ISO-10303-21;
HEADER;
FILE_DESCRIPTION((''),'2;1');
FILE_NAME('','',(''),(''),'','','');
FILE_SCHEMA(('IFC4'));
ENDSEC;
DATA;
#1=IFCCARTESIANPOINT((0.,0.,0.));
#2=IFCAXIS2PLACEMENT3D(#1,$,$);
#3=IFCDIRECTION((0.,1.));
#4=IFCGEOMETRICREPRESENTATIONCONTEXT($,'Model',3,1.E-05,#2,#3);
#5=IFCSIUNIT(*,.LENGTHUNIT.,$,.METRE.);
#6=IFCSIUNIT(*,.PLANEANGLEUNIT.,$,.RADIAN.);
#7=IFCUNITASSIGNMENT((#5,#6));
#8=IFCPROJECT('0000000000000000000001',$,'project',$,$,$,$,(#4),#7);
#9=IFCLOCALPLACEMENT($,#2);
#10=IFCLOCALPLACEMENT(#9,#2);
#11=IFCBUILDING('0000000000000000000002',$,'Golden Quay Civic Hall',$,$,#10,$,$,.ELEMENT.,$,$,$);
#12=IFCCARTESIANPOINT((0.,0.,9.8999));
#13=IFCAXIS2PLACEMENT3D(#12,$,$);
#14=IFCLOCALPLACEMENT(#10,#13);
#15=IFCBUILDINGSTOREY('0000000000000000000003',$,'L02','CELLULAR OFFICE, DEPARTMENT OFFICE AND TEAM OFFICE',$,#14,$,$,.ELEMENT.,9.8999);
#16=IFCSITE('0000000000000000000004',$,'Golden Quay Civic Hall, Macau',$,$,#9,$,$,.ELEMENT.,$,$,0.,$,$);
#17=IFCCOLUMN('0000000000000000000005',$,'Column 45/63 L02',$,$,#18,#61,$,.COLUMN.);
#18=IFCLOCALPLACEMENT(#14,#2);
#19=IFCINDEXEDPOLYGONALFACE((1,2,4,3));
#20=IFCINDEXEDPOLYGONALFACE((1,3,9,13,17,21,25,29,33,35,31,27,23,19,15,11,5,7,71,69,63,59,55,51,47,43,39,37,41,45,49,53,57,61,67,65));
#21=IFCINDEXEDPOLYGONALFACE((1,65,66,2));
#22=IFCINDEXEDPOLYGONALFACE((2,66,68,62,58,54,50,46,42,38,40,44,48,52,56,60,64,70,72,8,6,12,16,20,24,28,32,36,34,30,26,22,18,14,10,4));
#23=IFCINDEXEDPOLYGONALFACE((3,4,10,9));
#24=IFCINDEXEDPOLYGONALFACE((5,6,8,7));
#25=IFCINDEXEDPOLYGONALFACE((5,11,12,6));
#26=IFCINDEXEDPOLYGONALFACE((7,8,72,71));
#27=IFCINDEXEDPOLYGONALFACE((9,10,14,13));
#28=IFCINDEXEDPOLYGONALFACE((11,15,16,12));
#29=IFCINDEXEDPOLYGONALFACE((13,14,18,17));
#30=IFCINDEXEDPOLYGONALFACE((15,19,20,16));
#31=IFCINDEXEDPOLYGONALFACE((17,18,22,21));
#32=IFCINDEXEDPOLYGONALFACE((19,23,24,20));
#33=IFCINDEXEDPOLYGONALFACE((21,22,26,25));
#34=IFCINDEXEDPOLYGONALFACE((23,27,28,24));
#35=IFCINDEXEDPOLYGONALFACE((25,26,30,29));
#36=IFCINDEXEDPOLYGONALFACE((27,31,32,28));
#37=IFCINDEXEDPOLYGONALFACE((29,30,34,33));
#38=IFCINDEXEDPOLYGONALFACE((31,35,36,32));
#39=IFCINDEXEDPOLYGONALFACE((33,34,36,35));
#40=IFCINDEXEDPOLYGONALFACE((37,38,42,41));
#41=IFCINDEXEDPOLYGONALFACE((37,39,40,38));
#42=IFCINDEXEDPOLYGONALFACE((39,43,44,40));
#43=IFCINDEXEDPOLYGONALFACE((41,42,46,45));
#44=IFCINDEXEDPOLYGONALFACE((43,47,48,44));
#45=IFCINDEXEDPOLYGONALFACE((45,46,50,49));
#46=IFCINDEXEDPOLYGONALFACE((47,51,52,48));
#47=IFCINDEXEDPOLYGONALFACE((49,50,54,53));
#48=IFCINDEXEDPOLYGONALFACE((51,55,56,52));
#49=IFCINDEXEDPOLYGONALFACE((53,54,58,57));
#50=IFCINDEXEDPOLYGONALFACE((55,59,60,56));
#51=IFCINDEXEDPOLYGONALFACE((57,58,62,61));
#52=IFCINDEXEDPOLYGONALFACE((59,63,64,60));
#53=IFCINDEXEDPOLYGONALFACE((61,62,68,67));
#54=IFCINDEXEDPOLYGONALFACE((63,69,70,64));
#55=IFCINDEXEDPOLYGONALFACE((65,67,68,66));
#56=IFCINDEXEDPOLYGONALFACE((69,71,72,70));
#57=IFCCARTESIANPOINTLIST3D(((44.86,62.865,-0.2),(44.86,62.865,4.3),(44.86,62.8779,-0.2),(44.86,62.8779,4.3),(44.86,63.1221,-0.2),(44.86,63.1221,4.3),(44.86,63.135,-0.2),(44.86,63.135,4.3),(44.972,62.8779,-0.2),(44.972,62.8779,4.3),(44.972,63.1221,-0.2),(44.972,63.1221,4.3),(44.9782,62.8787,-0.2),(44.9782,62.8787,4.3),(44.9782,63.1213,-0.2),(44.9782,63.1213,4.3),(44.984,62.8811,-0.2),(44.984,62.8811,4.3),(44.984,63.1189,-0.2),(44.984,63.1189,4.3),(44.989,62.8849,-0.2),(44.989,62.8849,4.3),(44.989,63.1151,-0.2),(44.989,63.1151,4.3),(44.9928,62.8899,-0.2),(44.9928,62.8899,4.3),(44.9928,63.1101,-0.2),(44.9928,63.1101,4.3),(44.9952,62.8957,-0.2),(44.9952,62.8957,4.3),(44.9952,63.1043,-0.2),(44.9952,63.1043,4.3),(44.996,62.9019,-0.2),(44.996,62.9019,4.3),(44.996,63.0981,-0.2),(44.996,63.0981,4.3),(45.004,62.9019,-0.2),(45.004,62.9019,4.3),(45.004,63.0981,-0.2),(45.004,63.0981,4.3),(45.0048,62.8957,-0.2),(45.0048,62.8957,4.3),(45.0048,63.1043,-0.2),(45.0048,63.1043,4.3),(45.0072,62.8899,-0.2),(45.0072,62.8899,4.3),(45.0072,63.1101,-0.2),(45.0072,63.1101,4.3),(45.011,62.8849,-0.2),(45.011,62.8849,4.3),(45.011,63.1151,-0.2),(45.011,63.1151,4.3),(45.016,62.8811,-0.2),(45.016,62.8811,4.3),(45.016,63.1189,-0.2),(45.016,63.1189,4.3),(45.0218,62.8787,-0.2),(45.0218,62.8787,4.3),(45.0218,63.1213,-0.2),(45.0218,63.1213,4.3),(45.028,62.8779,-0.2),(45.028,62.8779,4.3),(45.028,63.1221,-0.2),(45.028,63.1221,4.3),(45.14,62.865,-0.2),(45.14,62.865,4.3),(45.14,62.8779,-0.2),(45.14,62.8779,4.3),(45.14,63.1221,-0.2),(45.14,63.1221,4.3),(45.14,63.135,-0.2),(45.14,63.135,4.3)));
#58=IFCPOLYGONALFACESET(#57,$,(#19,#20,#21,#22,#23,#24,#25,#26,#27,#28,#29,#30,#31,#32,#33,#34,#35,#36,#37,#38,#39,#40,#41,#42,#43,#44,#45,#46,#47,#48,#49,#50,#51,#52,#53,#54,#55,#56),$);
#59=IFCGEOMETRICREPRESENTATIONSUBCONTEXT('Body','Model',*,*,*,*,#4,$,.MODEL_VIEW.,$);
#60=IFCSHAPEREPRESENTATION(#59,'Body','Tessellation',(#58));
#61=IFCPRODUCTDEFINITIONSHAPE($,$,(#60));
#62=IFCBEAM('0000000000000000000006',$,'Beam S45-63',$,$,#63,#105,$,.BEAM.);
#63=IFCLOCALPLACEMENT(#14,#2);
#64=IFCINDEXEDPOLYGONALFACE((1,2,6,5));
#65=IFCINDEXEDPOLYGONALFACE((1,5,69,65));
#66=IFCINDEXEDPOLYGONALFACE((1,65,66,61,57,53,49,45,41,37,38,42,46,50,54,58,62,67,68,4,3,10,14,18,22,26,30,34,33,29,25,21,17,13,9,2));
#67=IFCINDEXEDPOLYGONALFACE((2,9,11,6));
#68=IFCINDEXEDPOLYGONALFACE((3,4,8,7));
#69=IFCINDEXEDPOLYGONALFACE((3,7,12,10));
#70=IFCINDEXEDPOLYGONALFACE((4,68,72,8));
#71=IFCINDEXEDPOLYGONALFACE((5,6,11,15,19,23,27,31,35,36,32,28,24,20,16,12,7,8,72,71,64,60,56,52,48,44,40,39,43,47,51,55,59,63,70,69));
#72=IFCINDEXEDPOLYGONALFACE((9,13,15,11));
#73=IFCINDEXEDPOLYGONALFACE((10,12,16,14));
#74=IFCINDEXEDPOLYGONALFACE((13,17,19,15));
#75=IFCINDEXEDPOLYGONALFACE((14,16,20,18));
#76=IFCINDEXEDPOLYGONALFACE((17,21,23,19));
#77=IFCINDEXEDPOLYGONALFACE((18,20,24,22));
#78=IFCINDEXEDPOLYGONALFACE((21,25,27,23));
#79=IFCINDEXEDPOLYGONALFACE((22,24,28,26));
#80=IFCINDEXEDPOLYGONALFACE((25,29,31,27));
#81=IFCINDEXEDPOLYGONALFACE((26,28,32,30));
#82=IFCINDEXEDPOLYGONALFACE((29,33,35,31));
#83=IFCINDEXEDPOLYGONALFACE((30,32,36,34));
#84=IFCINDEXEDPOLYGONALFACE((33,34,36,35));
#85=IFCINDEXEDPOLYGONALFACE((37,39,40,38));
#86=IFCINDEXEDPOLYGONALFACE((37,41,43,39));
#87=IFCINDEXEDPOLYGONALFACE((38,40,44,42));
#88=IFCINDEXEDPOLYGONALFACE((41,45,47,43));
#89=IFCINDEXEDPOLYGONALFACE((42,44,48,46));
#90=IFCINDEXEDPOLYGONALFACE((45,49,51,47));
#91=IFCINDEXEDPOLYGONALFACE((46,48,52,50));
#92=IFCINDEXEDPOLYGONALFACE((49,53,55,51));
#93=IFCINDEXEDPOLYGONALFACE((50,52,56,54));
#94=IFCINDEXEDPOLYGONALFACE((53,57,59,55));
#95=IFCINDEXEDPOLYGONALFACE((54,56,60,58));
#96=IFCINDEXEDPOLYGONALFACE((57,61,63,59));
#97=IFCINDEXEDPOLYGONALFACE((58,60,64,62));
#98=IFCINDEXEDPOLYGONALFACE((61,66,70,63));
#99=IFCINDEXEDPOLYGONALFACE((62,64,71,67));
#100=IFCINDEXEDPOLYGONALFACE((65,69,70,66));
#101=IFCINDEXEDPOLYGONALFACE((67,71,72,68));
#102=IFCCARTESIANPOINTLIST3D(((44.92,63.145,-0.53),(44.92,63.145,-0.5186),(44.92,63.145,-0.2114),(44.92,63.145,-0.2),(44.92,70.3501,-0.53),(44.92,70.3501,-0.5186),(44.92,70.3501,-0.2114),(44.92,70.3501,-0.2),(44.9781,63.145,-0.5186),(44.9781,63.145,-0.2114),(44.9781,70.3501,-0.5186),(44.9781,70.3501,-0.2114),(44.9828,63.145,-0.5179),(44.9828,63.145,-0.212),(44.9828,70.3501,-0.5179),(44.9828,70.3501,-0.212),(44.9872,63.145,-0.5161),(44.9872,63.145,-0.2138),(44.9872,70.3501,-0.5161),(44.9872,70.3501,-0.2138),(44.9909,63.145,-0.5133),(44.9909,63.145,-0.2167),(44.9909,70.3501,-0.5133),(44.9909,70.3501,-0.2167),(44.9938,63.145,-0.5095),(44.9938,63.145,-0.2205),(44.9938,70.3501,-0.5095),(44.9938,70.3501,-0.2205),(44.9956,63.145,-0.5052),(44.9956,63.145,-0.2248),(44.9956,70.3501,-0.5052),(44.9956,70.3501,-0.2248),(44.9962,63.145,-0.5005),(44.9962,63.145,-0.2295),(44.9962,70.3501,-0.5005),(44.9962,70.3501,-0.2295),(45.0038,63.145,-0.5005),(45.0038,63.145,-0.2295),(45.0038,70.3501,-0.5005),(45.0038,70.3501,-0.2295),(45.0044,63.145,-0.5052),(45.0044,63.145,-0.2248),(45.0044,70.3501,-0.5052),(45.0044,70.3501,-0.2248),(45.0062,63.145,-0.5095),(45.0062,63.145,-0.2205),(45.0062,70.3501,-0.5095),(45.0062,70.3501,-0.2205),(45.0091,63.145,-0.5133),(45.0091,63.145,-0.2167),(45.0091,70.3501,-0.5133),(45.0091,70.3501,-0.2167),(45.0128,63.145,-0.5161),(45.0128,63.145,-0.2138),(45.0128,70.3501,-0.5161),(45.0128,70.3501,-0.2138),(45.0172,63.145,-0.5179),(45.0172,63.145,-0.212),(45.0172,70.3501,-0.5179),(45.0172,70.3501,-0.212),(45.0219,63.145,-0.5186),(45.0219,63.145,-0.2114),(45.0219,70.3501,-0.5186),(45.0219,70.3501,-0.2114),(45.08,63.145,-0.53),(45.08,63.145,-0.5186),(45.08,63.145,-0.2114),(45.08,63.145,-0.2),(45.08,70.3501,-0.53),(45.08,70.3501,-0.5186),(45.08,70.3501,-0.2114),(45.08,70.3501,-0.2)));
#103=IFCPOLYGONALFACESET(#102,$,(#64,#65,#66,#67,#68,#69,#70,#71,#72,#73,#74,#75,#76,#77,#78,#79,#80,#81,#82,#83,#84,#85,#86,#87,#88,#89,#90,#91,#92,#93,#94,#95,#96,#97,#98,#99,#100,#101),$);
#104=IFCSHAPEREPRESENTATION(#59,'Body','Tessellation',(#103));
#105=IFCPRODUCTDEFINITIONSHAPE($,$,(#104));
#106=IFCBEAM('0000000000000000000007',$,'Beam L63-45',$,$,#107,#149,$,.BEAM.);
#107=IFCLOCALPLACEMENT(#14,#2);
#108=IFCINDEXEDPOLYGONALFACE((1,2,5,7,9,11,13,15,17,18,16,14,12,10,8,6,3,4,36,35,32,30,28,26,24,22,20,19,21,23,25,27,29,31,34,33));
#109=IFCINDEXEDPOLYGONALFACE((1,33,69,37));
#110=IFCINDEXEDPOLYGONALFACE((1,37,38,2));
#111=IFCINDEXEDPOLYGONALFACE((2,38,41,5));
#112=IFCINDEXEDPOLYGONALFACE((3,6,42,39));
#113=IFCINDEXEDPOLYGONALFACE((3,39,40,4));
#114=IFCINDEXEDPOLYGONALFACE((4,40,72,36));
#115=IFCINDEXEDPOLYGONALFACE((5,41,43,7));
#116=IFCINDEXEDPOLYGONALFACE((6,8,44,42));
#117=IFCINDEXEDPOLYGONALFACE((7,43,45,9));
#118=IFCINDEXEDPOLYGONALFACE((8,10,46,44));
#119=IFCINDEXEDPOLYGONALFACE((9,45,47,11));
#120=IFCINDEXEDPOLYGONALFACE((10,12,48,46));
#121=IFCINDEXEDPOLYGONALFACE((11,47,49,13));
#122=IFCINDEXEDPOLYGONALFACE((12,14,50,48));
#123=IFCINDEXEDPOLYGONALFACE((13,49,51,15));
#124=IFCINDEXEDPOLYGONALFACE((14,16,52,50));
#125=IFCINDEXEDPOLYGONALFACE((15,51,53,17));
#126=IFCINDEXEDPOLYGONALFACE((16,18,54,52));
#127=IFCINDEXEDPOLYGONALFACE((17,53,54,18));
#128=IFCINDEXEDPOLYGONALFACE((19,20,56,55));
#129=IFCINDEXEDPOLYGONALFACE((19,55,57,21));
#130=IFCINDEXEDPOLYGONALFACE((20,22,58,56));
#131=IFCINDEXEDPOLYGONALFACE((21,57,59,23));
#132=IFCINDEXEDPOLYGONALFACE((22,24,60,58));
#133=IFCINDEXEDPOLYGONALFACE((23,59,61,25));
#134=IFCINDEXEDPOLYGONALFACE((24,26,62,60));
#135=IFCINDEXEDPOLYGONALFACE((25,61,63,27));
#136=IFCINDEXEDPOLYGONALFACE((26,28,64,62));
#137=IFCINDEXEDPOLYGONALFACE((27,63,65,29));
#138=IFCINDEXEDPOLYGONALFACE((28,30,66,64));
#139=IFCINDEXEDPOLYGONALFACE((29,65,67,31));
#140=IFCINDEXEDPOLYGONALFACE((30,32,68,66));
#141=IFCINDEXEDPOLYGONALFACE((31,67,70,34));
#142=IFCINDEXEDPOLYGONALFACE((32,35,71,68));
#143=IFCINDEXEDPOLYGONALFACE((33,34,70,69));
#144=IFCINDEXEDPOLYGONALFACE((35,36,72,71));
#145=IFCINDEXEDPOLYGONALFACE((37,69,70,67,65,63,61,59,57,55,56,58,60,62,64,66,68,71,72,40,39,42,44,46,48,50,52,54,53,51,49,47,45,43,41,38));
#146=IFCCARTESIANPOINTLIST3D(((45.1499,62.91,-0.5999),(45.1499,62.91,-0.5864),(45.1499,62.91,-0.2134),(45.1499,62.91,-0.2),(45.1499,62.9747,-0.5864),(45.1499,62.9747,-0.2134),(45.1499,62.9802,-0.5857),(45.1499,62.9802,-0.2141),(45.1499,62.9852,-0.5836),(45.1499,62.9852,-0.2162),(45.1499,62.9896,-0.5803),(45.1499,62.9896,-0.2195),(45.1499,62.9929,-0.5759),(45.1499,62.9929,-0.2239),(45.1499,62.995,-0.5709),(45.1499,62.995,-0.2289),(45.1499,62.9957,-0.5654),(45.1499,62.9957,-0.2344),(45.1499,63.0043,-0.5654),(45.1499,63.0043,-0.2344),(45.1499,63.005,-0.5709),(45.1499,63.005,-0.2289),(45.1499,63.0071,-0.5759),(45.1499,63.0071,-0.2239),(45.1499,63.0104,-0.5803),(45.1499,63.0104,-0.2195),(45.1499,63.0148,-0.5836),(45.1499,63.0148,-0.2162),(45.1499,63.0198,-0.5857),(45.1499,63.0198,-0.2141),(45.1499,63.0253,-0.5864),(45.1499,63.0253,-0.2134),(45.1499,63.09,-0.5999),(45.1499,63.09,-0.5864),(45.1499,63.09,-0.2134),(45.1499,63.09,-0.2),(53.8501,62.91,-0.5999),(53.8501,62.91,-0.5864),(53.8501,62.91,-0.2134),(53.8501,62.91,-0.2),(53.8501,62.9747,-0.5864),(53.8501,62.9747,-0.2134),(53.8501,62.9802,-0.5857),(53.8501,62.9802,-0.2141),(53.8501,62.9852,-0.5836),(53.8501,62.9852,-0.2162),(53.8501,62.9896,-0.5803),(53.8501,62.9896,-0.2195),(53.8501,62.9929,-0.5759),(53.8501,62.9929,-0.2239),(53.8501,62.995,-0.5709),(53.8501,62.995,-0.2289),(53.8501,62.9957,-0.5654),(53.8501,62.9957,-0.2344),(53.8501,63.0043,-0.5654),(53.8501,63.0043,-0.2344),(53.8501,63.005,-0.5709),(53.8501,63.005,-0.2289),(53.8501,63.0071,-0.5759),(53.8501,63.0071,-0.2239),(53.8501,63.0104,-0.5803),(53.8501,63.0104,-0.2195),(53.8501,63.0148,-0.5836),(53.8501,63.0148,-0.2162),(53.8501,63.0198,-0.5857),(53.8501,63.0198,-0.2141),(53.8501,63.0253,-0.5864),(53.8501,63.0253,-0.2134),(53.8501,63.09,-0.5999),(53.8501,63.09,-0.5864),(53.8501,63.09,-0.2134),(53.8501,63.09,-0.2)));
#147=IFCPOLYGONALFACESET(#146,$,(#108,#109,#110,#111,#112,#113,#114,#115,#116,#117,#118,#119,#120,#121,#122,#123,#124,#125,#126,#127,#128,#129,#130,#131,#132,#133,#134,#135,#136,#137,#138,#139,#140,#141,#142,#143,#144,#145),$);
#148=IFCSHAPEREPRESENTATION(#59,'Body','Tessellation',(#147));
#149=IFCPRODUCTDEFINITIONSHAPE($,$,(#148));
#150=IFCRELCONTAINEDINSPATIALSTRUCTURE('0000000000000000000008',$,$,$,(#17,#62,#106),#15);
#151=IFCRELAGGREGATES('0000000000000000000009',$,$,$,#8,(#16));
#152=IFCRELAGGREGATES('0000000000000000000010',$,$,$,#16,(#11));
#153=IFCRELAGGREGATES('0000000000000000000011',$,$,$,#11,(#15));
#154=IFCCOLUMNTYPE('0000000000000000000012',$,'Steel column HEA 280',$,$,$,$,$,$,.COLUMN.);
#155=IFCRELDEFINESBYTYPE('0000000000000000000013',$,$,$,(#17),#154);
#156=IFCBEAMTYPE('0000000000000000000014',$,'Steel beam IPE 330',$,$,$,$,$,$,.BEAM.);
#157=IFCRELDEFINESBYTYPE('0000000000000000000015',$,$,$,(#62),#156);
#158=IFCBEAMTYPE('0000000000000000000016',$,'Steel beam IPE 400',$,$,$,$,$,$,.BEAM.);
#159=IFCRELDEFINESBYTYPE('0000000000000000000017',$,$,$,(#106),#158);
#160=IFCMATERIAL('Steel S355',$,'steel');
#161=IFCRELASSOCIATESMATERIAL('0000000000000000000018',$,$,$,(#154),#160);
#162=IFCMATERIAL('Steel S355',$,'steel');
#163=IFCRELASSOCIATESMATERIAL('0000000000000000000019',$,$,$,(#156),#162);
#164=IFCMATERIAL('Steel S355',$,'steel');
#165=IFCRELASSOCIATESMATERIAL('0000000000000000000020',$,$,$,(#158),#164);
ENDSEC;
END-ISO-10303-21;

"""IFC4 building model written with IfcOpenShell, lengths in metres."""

from ifc_helpers import new_model, si_unit, direction, frame, origin, origin_2d, place, context, subcontext, project, spatial, i_section, extrude, material, material_profile, profile_set, type_object, element, save


model = new_model("IFC4")

# Units and contexts
model_context = context("Model", 3, precision=1e-05, world=origin(), true_north=direction((0.0, 1.0)))
body_context = subcontext(model_context, "Body", "Model", "MODEL_VIEW")
ifc_project = project(units=[si_unit("LENGTHUNIT", "METRE"), si_unit("PLANEANGLEUNIT", "RADIAN")], contexts=[model_context])

# Site, building, storey
site_placement = place(None, origin())
site = spatial("IfcSite", under=ifc_project, at=site_placement, Name="Golden Quay Civic Hall, Macau", CompositionType="ELEMENT", RefElevation=0.0)
building_placement = place(site_placement, origin())
building = spatial("IfcBuilding", under=site, at=building_placement, Name="Golden Quay Civic Hall", CompositionType="ELEMENT")
storey_placement = place(building_placement, frame((0.0, 0.0, 9.8999)))
storey = spatial("IfcBuildingStorey", under=building, at=storey_placement, Name="L02", Description="CELLULAR OFFICE, DEPARTMENT OFFICE AND TEAM OFFICE", CompositionType="ELEMENT", Elevation=9.8999)

# Column
ifc_material_1 = material(Name="Steel S355", Category="steel")
ifc_material_profile_1 = material_profile(ifc_material_1, i_section(OverallWidth=0.28, OverallDepth=0.27, WebThickness=0.0081, FlangeThickness=0.0129, FilletRadius=0.0239, at=origin_2d()), Name="HEA 280")
ifc_profile_set_1 = profile_set([ifc_material_profile_1], Name="Steel S355")
column_type = type_object("IfcColumnType", Name="Steel column HEA 280", PredefinedType="COLUMN", material=ifc_profile_set_1)
column_placement = place(storey_placement, frame((45.0, 63.0, -0.2), z_axis=(0.0, 0.0, 1.0), x_axis=(1.0, 0.0, 0.0)))
element("IfcColumn", 1, at=column_placement, inside=storey, type_object=column_type, Name="Column 45/63 L02", PredefinedType="COLUMN", context=body_context, shape_type="SweptSolid", body=[
    extrude(i_section(OverallWidth=0.28, OverallDepth=0.27, WebThickness=0.0081, FlangeThickness=0.0129, FilletRadius=0.0239, at=origin_2d()), origin(), (0.0, 0.0, 1.0), 4.5),
])

# Beams
ifc_material_2 = material(Name="Steel S355", Category="steel")
ifc_material_profile_2 = material_profile(ifc_material_2, i_section(OverallWidth=0.1599, OverallDepth=0.3301, WebThickness=0.0076, FlangeThickness=0.0115, FilletRadius=0.0181, at=origin_2d()), Name="IPE 330")
ifc_profile_set_2 = profile_set([ifc_material_profile_2], Name="Steel S355")
beam_type_1 = type_object("IfcBeamType", Name="Steel beam IPE 330", PredefinedType="BEAM", material=ifc_profile_set_2)
beam_1_placement = place(storey_placement, frame((45.0, 63.145, -0.365), z_axis=(0.0, 1.0, 0.0), x_axis=(-1.0, 0.0, 0.0)))
element("IfcBeam", 2, at=beam_1_placement, inside=storey, type_object=beam_type_1, Name="Beam S45-63", PredefinedType="BEAM", context=body_context, shape_type="SweptSolid", body=[
    extrude(i_section(OverallWidth=0.1599, OverallDepth=0.3301, WebThickness=0.0076, FlangeThickness=0.0115, FilletRadius=0.0181, at=origin_2d()), origin(), (0.0, 0.0, 1.0), 7.2051),
])
ifc_material_3 = material(Name="Steel S355", Category="steel")
ifc_material_profile_3 = material_profile(ifc_material_3, i_section(OverallWidth=0.1799, OverallDepth=0.3999, WebThickness=0.0085, FlangeThickness=0.0134, FilletRadius=0.021, at=origin_2d()), Name="IPE 400")
ifc_profile_set_3 = profile_set([ifc_material_profile_3], Name="Steel S355")
beam_type_2 = type_object("IfcBeamType", Name="Steel beam IPE 400", PredefinedType="BEAM", material=ifc_profile_set_3)
beam_2_placement = place(storey_placement, frame((45.1499, 63.0, -0.3999), z_axis=(1.0, 0.0, 0.0), x_axis=(0.0, 1.0, 0.0)))
element("IfcBeam", 3, at=beam_2_placement, inside=storey, type_object=beam_type_2, Name="Beam L63-45", PredefinedType="BEAM", context=body_context, shape_type="SweptSolid", body=[
    extrude(i_section(OverallWidth=0.1799, OverallDepth=0.3999, WebThickness=0.0085, FlangeThickness=0.0134, FilletRadius=0.021, at=origin_2d()), origin(), (0.0, 0.0, 1.0), 8.7002),
])

save(model, "model.ifc")
